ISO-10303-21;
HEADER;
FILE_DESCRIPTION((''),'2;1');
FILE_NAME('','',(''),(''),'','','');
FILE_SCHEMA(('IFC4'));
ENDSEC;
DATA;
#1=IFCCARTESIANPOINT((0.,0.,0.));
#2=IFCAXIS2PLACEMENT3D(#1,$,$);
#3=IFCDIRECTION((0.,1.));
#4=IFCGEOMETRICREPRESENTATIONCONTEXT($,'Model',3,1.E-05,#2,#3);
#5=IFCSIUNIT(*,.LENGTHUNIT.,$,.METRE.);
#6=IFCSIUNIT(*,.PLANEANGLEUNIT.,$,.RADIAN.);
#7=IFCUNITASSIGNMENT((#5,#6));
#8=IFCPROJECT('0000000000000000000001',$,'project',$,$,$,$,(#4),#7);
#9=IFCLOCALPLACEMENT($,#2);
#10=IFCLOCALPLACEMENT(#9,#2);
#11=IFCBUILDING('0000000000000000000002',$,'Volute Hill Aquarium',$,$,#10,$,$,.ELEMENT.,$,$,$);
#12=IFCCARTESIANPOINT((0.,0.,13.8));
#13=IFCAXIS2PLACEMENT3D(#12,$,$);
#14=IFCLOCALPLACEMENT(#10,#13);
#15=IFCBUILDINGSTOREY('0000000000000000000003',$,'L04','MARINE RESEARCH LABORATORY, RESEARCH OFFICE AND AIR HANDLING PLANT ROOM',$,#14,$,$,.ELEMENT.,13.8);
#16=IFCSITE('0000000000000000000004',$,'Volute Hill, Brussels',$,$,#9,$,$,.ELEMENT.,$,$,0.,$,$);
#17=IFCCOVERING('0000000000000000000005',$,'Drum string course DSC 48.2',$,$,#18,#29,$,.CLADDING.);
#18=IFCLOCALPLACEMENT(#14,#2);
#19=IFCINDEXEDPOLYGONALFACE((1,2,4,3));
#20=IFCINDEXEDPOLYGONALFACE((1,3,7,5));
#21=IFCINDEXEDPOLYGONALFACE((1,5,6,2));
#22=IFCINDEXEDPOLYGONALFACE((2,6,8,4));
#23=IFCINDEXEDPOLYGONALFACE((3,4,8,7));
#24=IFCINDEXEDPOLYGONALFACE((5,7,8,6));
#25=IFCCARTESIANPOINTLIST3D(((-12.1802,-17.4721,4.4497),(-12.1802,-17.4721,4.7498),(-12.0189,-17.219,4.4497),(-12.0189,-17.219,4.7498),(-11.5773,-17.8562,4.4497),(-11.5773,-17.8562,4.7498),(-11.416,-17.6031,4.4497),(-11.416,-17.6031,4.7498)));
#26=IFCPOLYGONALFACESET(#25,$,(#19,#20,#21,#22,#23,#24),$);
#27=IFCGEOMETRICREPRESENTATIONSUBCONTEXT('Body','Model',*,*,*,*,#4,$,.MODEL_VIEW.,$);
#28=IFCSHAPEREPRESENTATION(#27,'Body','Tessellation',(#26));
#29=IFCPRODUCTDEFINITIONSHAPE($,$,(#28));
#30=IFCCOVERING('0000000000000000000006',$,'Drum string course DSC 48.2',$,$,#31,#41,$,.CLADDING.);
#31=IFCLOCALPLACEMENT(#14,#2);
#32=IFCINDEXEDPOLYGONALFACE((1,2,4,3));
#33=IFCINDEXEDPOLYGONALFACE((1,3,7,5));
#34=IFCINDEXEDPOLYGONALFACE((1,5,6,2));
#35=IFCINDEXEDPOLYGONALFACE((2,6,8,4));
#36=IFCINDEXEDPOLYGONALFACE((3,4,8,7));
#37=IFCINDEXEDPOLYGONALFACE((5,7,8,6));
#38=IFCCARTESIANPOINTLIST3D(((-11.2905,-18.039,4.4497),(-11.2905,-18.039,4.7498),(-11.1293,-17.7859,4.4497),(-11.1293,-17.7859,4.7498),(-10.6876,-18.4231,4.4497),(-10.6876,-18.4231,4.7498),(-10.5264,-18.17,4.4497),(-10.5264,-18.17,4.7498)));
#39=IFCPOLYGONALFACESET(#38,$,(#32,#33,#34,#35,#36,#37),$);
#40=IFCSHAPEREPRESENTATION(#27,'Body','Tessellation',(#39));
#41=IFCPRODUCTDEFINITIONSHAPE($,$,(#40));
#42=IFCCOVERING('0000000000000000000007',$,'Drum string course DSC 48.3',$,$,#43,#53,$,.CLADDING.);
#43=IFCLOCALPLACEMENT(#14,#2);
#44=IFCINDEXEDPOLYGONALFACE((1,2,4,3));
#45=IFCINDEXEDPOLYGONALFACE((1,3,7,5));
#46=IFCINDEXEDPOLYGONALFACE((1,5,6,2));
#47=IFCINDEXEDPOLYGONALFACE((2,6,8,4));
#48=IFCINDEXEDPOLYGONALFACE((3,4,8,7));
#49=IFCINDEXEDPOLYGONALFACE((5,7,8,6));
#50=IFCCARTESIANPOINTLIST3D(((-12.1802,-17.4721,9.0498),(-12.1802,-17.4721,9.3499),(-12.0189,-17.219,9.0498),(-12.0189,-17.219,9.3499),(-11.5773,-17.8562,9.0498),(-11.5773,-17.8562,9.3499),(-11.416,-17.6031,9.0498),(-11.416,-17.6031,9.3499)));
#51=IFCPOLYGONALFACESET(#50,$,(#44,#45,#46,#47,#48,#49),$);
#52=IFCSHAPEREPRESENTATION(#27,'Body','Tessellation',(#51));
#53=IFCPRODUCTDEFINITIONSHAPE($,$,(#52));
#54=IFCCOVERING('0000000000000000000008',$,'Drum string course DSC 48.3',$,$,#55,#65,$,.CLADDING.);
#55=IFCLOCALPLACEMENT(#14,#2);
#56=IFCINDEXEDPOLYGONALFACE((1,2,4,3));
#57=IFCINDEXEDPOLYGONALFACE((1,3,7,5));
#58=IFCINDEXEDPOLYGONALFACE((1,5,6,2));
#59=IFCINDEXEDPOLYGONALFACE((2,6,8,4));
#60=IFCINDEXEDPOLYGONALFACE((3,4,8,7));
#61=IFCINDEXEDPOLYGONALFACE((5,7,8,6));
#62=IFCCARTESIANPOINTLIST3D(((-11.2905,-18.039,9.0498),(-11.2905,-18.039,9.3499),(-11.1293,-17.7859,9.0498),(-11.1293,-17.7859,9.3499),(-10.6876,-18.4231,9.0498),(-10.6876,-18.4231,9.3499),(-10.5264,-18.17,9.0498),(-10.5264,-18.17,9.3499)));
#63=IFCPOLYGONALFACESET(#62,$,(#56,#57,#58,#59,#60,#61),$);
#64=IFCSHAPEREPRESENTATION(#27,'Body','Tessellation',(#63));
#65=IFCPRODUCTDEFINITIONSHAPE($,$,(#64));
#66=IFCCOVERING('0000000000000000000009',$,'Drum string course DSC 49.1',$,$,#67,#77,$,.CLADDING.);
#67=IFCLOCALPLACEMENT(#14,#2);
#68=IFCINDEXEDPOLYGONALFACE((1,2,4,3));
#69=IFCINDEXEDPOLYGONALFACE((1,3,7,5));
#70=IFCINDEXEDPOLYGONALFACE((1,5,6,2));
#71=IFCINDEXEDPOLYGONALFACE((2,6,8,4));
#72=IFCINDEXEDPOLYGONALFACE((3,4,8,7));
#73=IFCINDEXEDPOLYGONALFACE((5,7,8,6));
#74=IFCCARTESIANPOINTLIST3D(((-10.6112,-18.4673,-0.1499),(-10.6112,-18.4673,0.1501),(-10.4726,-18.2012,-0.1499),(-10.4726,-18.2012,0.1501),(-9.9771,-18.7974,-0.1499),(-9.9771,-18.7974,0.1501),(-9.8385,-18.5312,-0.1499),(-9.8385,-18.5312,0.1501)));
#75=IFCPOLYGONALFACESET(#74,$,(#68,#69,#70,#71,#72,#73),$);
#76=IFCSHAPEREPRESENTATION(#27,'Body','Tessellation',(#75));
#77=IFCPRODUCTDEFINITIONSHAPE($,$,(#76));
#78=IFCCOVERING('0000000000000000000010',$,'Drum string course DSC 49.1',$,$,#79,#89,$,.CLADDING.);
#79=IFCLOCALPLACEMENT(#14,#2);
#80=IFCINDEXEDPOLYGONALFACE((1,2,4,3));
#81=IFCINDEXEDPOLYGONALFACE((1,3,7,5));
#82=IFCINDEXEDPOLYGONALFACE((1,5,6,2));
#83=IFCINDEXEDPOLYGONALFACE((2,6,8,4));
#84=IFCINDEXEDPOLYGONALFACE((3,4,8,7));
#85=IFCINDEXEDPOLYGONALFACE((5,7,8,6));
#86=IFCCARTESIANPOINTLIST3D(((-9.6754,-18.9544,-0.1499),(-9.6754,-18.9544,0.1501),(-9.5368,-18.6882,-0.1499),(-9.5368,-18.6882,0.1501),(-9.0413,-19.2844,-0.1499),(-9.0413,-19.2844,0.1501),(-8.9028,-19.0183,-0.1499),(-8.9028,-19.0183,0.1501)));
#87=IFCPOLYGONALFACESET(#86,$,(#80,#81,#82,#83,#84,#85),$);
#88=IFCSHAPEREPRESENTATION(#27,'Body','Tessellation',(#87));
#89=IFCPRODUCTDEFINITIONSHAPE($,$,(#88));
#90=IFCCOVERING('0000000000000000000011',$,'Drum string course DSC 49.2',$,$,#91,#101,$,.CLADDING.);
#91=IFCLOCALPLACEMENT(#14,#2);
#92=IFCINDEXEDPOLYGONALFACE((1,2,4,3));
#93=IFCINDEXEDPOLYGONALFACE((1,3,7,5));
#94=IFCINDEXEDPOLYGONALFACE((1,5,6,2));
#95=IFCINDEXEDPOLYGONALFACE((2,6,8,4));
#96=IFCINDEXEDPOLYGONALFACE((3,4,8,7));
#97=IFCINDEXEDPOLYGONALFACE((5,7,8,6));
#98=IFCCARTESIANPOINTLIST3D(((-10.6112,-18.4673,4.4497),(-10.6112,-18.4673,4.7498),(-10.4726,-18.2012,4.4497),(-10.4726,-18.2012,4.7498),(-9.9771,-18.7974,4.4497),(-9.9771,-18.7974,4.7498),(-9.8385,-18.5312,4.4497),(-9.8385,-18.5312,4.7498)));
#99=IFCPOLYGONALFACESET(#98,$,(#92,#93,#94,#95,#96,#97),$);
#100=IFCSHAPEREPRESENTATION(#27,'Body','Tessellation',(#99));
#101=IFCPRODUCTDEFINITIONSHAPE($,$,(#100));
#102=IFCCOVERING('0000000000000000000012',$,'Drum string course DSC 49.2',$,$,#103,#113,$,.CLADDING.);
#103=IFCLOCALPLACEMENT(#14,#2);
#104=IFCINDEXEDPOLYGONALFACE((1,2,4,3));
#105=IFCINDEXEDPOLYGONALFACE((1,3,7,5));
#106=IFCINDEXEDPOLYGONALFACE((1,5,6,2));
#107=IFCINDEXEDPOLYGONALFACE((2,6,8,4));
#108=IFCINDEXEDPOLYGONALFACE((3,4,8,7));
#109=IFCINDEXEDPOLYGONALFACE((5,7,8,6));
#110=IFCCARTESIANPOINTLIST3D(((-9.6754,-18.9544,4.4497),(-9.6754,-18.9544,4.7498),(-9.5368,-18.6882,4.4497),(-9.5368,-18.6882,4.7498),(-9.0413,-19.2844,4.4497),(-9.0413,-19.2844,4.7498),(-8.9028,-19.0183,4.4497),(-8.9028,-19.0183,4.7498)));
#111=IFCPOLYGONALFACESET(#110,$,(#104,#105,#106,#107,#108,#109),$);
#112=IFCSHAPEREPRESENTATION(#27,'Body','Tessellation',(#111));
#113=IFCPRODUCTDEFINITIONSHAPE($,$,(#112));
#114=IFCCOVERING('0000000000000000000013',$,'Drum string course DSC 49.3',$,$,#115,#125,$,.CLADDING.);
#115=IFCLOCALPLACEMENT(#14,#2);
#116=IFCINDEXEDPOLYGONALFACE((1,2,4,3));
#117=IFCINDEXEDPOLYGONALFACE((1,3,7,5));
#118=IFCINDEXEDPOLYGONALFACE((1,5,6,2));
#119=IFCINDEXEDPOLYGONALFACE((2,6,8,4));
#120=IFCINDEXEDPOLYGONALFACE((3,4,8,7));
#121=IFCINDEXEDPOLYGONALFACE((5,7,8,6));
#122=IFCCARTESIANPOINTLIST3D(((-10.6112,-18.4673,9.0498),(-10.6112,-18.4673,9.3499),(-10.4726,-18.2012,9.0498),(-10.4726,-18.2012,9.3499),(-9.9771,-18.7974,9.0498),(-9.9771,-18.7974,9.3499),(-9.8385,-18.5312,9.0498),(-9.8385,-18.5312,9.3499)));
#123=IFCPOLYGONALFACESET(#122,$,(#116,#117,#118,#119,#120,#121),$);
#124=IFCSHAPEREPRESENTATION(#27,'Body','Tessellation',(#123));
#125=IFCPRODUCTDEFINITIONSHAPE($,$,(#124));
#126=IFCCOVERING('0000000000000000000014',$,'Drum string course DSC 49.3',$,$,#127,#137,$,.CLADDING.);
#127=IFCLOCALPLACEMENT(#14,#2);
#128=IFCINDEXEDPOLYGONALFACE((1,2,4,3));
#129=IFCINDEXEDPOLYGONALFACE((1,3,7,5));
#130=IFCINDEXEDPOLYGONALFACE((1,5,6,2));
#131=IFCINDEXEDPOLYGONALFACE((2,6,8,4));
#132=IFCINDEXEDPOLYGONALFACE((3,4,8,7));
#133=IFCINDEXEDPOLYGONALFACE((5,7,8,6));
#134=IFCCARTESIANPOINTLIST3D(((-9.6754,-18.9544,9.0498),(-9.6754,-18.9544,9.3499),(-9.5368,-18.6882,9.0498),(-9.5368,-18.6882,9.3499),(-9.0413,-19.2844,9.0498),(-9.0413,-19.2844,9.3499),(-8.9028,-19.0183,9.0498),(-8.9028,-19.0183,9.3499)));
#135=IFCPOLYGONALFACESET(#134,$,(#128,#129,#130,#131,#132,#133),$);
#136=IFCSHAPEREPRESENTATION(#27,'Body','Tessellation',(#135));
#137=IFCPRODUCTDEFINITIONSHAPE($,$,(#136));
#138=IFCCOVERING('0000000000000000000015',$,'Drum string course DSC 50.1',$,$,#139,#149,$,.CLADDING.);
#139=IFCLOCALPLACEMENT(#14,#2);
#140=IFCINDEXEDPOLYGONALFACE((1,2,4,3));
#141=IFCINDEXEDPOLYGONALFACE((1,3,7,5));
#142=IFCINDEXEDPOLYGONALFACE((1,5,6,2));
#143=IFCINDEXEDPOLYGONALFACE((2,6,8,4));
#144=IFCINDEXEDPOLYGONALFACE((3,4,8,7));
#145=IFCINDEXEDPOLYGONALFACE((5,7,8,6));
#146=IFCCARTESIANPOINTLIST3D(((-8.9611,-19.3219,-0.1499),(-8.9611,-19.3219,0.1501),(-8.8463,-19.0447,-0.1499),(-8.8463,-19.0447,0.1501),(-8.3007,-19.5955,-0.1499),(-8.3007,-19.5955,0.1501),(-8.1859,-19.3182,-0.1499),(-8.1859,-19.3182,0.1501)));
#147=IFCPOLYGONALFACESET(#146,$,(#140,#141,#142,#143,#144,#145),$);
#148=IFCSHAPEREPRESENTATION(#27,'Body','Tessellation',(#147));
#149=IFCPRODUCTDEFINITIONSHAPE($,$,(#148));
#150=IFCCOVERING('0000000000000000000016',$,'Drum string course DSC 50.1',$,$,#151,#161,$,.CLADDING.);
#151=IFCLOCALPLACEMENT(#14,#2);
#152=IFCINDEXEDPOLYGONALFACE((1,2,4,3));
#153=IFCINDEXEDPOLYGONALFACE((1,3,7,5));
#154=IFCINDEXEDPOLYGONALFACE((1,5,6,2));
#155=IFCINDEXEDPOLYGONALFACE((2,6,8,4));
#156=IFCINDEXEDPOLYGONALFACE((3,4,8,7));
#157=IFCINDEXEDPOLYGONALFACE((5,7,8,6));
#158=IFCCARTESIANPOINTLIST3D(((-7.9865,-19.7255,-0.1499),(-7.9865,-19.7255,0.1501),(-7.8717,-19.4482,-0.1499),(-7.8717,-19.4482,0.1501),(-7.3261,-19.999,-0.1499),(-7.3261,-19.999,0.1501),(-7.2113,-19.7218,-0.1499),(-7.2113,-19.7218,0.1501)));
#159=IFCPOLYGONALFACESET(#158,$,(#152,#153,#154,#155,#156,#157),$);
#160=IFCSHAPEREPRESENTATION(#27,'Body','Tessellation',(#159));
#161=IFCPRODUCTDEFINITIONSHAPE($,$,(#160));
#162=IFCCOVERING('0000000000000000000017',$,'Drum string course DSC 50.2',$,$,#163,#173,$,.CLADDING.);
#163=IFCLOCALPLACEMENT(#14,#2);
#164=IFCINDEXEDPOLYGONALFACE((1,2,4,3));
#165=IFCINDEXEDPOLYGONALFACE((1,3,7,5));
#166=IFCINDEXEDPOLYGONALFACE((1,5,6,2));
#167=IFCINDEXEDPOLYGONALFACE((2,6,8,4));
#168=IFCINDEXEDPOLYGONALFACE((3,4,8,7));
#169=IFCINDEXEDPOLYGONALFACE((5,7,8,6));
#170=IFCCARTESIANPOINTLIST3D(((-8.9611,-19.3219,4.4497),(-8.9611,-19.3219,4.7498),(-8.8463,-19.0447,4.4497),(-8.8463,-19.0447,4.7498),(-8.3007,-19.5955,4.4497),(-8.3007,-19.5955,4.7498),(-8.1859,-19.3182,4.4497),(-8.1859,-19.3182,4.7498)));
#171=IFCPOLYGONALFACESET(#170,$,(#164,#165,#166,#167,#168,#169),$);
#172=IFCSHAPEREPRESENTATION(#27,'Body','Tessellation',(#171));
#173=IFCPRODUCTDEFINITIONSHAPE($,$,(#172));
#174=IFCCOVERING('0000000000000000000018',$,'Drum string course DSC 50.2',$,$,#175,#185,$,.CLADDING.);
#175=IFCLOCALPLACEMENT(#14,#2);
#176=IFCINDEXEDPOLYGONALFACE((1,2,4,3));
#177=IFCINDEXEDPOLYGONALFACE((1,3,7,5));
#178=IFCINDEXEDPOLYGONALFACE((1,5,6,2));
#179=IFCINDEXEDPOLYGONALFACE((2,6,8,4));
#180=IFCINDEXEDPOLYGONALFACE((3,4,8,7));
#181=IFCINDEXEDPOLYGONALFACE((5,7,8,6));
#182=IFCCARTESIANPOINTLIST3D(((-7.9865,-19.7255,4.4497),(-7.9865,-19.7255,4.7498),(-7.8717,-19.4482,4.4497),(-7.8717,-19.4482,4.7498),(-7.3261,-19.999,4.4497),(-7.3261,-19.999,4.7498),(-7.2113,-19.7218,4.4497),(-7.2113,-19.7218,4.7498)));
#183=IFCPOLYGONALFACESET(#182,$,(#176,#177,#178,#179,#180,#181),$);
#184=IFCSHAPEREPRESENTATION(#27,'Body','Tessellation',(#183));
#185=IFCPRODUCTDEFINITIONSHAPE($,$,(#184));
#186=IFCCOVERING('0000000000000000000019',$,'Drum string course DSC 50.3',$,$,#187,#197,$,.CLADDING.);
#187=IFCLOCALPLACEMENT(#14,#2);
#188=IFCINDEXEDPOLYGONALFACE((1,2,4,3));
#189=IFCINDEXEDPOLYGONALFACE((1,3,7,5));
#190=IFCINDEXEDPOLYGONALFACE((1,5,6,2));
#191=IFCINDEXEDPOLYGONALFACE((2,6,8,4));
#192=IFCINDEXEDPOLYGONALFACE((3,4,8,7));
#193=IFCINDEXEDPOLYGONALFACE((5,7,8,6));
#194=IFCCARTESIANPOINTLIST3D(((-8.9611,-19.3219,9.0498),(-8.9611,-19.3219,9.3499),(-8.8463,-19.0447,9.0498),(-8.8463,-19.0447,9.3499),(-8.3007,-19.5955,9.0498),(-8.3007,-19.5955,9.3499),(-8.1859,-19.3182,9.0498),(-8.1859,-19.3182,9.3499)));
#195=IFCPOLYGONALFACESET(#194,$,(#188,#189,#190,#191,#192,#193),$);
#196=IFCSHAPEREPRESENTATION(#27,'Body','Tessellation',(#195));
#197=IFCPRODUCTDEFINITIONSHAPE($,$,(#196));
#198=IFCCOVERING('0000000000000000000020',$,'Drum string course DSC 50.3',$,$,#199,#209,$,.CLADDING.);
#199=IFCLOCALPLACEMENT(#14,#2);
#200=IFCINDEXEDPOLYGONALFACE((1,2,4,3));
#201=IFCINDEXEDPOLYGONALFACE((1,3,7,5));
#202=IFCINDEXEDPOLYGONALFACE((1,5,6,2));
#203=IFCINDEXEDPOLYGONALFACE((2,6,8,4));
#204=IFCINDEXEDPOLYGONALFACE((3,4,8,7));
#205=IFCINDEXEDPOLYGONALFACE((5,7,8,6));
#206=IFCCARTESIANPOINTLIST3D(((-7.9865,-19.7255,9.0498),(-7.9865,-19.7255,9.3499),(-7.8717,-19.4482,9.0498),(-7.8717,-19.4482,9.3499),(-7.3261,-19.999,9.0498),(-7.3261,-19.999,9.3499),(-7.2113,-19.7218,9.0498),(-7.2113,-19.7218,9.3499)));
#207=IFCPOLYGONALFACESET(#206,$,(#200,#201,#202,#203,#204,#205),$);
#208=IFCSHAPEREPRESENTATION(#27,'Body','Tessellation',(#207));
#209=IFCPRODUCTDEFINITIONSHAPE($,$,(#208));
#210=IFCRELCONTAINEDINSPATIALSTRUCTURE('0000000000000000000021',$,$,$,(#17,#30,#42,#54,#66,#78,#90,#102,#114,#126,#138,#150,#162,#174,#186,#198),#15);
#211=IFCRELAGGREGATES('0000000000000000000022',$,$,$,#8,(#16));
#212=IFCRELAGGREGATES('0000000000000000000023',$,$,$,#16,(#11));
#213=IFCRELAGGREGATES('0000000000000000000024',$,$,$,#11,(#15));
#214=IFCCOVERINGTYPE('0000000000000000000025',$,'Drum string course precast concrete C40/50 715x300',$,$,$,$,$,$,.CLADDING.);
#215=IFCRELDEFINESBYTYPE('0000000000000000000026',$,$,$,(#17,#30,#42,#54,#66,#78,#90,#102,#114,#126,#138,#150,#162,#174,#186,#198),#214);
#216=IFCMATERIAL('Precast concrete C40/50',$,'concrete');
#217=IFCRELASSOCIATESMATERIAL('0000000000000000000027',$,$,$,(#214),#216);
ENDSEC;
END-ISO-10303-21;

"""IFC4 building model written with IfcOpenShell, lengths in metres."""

from ifc_helpers import new_model, si_unit, direction, frame, origin, origin_2d, place, context, subcontext, project, spatial, rectangle, extrude, material, type_object, element, save


model = new_model("IFC4")

# Units and contexts
model_context = context("Model", 3, precision=1e-05, world=origin(), true_north=direction((0.0, 1.0)))
body_context = subcontext(model_context, "Body", "Model", "MODEL_VIEW")
ifc_project = project(units=[si_unit("LENGTHUNIT", "METRE"), si_unit("PLANEANGLEUNIT", "RADIAN")], contexts=[model_context])

# Site, building, storey
site_placement = place(None, origin())
site = spatial("IfcSite", under=ifc_project, at=site_placement, Name="Volute Hill, Brussels", CompositionType="ELEMENT", RefElevation=0.0)
building_placement = place(site_placement, origin())
building = spatial("IfcBuilding", under=site, at=building_placement, Name="Volute Hill Aquarium", CompositionType="ELEMENT")
storey_placement = place(building_placement, frame((0.0, 0.0, 13.8)))
storey = spatial("IfcBuildingStorey", under=building, at=storey_placement, Name="L04", Description="MARINE RESEARCH LABORATORY, RESEARCH OFFICE AND AIR HANDLING PLANT ROOM", CompositionType="ELEMENT", Elevation=13.8)

# Coverings
ifc_material_1 = material(Name="Precast concrete C40/50", Category="concrete")
covering_type_1 = type_object("IfcCoveringType", Name="Drum string course precast concrete C40/50 715x300", PredefinedType="CLADDING", material=ifc_material_1)
for number, where, z_axis, x_axis, name in (
    (1, (-11.7981, -17.5376, 4.4497), (0.0, 0.0, 1.0), (0.843391, -0.5373, 0.0), "Drum string course DSC 48.2"),
    (2, (-10.9084, -18.1045, 4.4497), (0.0, 0.0, 1.0), (0.843391, -0.5373, 0.0), "Drum string course DSC 48.2"),
    (3, (-11.7981, -17.5376, 9.0498), (0.0, 0.0, 1.0), (0.843391, -0.5373, 0.0), "Drum string course DSC 48.3"),
    (4, (-10.9084, -18.1045, 9.0498), (0.0, 0.0, 1.0), (0.843391, -0.5373, 0.0), "Drum string course DSC 48.3"),
    (5, (-10.2249, -18.4993, -0.1499), (0.0, 0.0, 1.0), (0.887011, -0.461749, 0.0), "Drum string course DSC 49.1"),
    (6, (-9.2891, -18.9863, -0.1499), (0.0, 0.0, 1.0), (0.887011, -0.461749, 0.0), "Drum string course DSC 49.1"),
    (7, (-10.2249, -18.4993, 4.4497), (0.0, 0.0, 1.0), (0.887011, -0.461749, 0.0), "Drum string course DSC 49.2"),
    (8, (-9.2891, -18.9863, 4.4497), (0.0, 0.0, 1.0), (0.887011, -0.461749, 0.0), "Drum string course DSC 49.2"),
    (9, (-10.2249, -18.4993, 9.0498), (0.0, 0.0, 1.0), (0.887011, -0.461749, 0.0), "Drum string course DSC 49.3"),
    (10, (-9.2891, -18.9863, 9.0498), (0.0, 0.0, 1.0), (0.887011, -0.461749, 0.0), "Drum string course DSC 49.3"),
    (11, (-8.5735, -19.3201, -0.1499), (0.0, 0.0, 1.0), (0.92388, -0.382683, 0.0), "Drum string course DSC 50.1"),
    (12, (-7.5989, -19.7236, -0.1499), (0.0, 0.0, 1.0), (0.92388, -0.382683, 0.0), "Drum string course DSC 50.1"),
    (13, (-8.5735, -19.3201, 4.4497), (0.0, 0.0, 1.0), (0.92388, -0.382683, 0.0), "Drum string course DSC 50.2"),
    (14, (-7.5989, -19.7236, 4.4497), (0.0, 0.0, 1.0), (0.92388, -0.382683, 0.0), "Drum string course DSC 50.2"),
    (15, (-8.5735, -19.3201, 9.0498), (0.0, 0.0, 1.0), (0.92388, -0.382683, 0.0), "Drum string course DSC 50.3"),
    (16, (-7.5989, -19.7236, 9.0498), (0.0, 0.0, 1.0), (0.92388, -0.382683, 0.0), "Drum string course DSC 50.3"),
):
    element("IfcCovering", number, at=place(storey_placement, frame(where, z_axis=z_axis, x_axis=x_axis)), inside=storey, type_object=covering_type_1, Name=name, PredefinedType="CLADDING", context=body_context, shape_type="SweptSolid", body=[
        extrude(rectangle(XDim=0.7148, YDim=0.3, at=origin_2d()), origin(), (0.0, 0.0, 1.0), 0.3),
    ])

save(model, "model.ifc")
